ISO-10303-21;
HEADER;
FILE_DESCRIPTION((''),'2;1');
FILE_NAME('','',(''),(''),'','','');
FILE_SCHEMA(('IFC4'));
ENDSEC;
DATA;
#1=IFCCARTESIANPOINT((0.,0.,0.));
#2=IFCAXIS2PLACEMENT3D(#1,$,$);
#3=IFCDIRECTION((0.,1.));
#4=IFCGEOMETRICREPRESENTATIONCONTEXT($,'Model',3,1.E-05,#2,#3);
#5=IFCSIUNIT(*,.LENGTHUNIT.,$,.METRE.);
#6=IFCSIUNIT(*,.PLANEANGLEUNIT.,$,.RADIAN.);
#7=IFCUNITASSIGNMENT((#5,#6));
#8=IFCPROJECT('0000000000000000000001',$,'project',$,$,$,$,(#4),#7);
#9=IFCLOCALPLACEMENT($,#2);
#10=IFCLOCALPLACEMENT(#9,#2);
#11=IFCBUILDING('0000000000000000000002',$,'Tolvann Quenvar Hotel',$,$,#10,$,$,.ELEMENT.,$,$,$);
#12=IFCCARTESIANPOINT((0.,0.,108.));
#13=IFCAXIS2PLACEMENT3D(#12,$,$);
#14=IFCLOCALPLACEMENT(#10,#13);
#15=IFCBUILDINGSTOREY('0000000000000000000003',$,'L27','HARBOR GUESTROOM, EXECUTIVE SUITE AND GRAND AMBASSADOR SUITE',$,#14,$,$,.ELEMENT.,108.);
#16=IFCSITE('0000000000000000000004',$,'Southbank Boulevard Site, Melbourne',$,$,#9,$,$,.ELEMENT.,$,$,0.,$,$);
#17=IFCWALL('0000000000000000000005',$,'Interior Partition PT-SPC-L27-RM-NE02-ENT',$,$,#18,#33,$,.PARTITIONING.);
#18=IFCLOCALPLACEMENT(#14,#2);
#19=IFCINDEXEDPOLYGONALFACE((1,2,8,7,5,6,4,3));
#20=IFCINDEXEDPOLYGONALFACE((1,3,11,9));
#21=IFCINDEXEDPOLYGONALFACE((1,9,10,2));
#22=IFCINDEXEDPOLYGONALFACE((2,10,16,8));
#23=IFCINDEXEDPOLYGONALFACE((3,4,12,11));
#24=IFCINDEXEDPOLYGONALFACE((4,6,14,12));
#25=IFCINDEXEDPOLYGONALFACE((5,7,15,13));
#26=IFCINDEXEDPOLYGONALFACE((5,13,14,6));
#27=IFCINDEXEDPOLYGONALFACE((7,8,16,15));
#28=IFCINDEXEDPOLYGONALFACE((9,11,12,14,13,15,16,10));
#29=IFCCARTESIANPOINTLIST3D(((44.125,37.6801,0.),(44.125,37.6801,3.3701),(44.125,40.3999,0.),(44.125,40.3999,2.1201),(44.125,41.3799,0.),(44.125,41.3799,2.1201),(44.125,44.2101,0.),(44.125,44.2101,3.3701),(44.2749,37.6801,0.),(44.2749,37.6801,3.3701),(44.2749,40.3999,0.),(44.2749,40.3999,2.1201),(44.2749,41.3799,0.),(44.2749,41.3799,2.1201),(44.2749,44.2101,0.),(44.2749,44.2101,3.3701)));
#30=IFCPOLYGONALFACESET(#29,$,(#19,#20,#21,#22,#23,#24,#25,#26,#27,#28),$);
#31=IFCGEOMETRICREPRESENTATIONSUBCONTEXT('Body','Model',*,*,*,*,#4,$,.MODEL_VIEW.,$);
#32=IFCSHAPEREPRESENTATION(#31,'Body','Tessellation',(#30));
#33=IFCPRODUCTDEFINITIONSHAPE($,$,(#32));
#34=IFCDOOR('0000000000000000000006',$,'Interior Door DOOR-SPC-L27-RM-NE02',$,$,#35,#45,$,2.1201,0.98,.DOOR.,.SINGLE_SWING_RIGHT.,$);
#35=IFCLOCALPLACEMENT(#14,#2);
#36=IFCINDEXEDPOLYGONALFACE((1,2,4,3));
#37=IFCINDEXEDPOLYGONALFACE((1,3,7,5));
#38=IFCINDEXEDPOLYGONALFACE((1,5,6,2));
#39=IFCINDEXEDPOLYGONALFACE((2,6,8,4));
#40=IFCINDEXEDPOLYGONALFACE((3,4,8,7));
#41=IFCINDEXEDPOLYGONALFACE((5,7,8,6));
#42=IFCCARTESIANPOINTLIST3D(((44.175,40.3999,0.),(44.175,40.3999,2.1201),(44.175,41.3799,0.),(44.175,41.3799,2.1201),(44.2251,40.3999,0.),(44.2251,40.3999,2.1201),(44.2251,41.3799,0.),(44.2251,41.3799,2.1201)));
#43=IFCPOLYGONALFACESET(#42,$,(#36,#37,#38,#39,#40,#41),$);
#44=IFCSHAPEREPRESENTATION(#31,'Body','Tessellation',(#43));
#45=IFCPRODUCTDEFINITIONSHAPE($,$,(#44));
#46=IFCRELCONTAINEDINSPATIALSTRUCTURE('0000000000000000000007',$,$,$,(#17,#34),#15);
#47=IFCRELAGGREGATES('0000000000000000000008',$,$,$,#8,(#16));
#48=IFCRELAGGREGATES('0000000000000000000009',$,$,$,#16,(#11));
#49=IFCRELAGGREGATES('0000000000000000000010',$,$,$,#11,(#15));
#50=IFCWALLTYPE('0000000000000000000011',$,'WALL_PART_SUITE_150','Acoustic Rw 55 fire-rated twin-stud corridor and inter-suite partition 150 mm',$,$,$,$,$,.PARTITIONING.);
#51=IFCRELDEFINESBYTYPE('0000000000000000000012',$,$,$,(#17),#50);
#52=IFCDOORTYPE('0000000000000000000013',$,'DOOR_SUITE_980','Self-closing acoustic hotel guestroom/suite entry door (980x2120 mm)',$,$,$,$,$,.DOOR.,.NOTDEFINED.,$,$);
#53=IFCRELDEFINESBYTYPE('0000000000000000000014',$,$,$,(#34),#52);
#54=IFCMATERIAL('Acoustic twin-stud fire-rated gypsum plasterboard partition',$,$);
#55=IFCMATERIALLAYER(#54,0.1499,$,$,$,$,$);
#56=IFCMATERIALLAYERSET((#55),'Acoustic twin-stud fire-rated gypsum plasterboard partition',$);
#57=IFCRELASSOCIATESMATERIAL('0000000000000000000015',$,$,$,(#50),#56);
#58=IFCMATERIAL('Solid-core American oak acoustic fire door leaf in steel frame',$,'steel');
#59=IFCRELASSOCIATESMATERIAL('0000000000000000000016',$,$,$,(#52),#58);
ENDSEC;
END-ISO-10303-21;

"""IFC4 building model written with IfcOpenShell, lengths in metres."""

from ifc_helpers import new_model, si_unit, direction, frame, frame_2d, origin, place, context, subcontext, project, spatial, rectangle, extrude, source, transform, mapped, material, layer, layer_set, type_object, type_shapes, element, fill, save


model = new_model("IFC4")

# Units and contexts
model_context = context("Model", 3, precision=1e-05, world=origin(), true_north=direction((0.0, 1.0)))
body_context = subcontext(model_context, "Body", "Model", "MODEL_VIEW")
ifc_project = project(units=[si_unit("LENGTHUNIT", "METRE"), si_unit("PLANEANGLEUNIT", "RADIAN")], contexts=[model_context])

# Site, building, storey
site_placement = place(None, origin())
site = spatial("IfcSite", under=ifc_project, at=site_placement, Name="Southbank Boulevard Site, Melbourne", CompositionType="ELEMENT", RefElevation=0.0)
building_placement = place(site_placement, origin())
building = spatial("IfcBuilding", under=site, at=building_placement, Name="Tolvann Quenvar Hotel", CompositionType="ELEMENT")
storey_placement = place(building_placement, frame((0.0, 0.0, 108.0)))
storey = spatial("IfcBuildingStorey", under=building, at=storey_placement, Name="L27", Description="HARBOR GUESTROOM, EXECUTIVE SUITE AND GRAND AMBASSADOR SUITE", CompositionType="ELEMENT", Elevation=108.0)

# Shared definitions
ifc_material_1 = material(Name="Acoustic twin-stud fire-rated gypsum plasterboard partition")
ifc_layer_1 = layer(ifc_material_1, 0.1499)
ifc_layer_set_1 = layer_set([ifc_layer_1], Name="Acoustic twin-stud fire-rated gypsum plasterboard partition")
wall_type_1 = type_object("IfcWallType", Name="WALL_PART_SUITE_150", Description="Acoustic Rw 55 fire-rated twin-stud corridor and inter-suite partition 150 mm", PredefinedType="PARTITIONING", material=ifc_layer_set_1)
ifc_material_2 = material(Name="Solid-core American oak acoustic fire door leaf in steel frame", Category="steel")

# Shared definitions
door_type_1 = type_object("IfcDoorType", Name="DOOR_SUITE_980", Description="Self-closing acoustic hotel guestroom/suite entry door (980x2120 mm)", OperationType="NOTDEFINED", PredefinedType="DOOR", material=ifc_material_2)
shared_shape_1 = source(origin(), body_context, "Body", "SweptSolid", [
    extrude(rectangle(XDim=0.98, YDim=2.1201, at=frame_2d((0.49, 1.0601))), frame((0.0, 0.0249, 0.0), z_axis=(0.0, -1.0, 0.0), x_axis=(1.0, 0.0, 0.0)), (0.0, 0.0, 1.0), 0.05),
])
type_shapes(door_type_1, [shared_shape_1])

# Wall, opening, door
wall_1_placement = place(storey_placement, frame((44.2, 37.6799, 0.0), z_axis=(0.0, 0.0, 1.0), x_axis=(0.0, 1.0, 0.0)))
wall_1 = element("IfcWall", 1, at=wall_1_placement, inside=storey, type_object=wall_type_1, Name="Interior Partition PT-SPC-L27-RM-NE02-ENT", PredefinedType="PARTITIONING", context=body_context, shape_type="SweptSolid", body=[
    extrude(rectangle(XDim=6.53, YDim=0.1499, at=frame_2d((3.2651, 0.0))), origin(), (0.0, 0.0, 1.0), 3.3701),
])
opening_1_placement = place(wall_1_placement, frame((2.72, 0.0, 0.0)))
opening_1 = element("IfcOpeningElement", 2, at=opening_1_placement, cuts=wall_1, PredefinedType="OPENING", context=body_context, shape_type="SweptSolid", body=[
    extrude(rectangle(XDim=0.98, YDim=2.1201, at=frame_2d((0.49, 1.0601))), frame((0.0, 0.085, 0.0), z_axis=(0.0, -1.0, 0.0), x_axis=(1.0, 0.0, 0.0)), (0.0, 0.0, 1.0), 0.1699),
])
door_1_placement = place(opening_1_placement, origin())
door_1 = element("IfcDoor", 3, at=door_1_placement, inside=storey, type_object=door_type_1, Name="Interior Door DOOR-SPC-L27-RM-NE02", OperationType="SINGLE_SWING_RIGHT", OverallHeight=2.1201, OverallWidth=0.98, PredefinedType="DOOR", context=body_context, shape_type="MappedRepresentation", body=[
    mapped(shared_shape_1, transform((0.0, 0.0, 0.0), x_axis=(1.0, 0.0, 0.0), y_axis=(0.0, 1.0, 0.0), z_axis=(0.0, 0.0, 1.0), scale=1.0)),
])
fill(opening_1, door_1)

save(model, "model.ifc")
